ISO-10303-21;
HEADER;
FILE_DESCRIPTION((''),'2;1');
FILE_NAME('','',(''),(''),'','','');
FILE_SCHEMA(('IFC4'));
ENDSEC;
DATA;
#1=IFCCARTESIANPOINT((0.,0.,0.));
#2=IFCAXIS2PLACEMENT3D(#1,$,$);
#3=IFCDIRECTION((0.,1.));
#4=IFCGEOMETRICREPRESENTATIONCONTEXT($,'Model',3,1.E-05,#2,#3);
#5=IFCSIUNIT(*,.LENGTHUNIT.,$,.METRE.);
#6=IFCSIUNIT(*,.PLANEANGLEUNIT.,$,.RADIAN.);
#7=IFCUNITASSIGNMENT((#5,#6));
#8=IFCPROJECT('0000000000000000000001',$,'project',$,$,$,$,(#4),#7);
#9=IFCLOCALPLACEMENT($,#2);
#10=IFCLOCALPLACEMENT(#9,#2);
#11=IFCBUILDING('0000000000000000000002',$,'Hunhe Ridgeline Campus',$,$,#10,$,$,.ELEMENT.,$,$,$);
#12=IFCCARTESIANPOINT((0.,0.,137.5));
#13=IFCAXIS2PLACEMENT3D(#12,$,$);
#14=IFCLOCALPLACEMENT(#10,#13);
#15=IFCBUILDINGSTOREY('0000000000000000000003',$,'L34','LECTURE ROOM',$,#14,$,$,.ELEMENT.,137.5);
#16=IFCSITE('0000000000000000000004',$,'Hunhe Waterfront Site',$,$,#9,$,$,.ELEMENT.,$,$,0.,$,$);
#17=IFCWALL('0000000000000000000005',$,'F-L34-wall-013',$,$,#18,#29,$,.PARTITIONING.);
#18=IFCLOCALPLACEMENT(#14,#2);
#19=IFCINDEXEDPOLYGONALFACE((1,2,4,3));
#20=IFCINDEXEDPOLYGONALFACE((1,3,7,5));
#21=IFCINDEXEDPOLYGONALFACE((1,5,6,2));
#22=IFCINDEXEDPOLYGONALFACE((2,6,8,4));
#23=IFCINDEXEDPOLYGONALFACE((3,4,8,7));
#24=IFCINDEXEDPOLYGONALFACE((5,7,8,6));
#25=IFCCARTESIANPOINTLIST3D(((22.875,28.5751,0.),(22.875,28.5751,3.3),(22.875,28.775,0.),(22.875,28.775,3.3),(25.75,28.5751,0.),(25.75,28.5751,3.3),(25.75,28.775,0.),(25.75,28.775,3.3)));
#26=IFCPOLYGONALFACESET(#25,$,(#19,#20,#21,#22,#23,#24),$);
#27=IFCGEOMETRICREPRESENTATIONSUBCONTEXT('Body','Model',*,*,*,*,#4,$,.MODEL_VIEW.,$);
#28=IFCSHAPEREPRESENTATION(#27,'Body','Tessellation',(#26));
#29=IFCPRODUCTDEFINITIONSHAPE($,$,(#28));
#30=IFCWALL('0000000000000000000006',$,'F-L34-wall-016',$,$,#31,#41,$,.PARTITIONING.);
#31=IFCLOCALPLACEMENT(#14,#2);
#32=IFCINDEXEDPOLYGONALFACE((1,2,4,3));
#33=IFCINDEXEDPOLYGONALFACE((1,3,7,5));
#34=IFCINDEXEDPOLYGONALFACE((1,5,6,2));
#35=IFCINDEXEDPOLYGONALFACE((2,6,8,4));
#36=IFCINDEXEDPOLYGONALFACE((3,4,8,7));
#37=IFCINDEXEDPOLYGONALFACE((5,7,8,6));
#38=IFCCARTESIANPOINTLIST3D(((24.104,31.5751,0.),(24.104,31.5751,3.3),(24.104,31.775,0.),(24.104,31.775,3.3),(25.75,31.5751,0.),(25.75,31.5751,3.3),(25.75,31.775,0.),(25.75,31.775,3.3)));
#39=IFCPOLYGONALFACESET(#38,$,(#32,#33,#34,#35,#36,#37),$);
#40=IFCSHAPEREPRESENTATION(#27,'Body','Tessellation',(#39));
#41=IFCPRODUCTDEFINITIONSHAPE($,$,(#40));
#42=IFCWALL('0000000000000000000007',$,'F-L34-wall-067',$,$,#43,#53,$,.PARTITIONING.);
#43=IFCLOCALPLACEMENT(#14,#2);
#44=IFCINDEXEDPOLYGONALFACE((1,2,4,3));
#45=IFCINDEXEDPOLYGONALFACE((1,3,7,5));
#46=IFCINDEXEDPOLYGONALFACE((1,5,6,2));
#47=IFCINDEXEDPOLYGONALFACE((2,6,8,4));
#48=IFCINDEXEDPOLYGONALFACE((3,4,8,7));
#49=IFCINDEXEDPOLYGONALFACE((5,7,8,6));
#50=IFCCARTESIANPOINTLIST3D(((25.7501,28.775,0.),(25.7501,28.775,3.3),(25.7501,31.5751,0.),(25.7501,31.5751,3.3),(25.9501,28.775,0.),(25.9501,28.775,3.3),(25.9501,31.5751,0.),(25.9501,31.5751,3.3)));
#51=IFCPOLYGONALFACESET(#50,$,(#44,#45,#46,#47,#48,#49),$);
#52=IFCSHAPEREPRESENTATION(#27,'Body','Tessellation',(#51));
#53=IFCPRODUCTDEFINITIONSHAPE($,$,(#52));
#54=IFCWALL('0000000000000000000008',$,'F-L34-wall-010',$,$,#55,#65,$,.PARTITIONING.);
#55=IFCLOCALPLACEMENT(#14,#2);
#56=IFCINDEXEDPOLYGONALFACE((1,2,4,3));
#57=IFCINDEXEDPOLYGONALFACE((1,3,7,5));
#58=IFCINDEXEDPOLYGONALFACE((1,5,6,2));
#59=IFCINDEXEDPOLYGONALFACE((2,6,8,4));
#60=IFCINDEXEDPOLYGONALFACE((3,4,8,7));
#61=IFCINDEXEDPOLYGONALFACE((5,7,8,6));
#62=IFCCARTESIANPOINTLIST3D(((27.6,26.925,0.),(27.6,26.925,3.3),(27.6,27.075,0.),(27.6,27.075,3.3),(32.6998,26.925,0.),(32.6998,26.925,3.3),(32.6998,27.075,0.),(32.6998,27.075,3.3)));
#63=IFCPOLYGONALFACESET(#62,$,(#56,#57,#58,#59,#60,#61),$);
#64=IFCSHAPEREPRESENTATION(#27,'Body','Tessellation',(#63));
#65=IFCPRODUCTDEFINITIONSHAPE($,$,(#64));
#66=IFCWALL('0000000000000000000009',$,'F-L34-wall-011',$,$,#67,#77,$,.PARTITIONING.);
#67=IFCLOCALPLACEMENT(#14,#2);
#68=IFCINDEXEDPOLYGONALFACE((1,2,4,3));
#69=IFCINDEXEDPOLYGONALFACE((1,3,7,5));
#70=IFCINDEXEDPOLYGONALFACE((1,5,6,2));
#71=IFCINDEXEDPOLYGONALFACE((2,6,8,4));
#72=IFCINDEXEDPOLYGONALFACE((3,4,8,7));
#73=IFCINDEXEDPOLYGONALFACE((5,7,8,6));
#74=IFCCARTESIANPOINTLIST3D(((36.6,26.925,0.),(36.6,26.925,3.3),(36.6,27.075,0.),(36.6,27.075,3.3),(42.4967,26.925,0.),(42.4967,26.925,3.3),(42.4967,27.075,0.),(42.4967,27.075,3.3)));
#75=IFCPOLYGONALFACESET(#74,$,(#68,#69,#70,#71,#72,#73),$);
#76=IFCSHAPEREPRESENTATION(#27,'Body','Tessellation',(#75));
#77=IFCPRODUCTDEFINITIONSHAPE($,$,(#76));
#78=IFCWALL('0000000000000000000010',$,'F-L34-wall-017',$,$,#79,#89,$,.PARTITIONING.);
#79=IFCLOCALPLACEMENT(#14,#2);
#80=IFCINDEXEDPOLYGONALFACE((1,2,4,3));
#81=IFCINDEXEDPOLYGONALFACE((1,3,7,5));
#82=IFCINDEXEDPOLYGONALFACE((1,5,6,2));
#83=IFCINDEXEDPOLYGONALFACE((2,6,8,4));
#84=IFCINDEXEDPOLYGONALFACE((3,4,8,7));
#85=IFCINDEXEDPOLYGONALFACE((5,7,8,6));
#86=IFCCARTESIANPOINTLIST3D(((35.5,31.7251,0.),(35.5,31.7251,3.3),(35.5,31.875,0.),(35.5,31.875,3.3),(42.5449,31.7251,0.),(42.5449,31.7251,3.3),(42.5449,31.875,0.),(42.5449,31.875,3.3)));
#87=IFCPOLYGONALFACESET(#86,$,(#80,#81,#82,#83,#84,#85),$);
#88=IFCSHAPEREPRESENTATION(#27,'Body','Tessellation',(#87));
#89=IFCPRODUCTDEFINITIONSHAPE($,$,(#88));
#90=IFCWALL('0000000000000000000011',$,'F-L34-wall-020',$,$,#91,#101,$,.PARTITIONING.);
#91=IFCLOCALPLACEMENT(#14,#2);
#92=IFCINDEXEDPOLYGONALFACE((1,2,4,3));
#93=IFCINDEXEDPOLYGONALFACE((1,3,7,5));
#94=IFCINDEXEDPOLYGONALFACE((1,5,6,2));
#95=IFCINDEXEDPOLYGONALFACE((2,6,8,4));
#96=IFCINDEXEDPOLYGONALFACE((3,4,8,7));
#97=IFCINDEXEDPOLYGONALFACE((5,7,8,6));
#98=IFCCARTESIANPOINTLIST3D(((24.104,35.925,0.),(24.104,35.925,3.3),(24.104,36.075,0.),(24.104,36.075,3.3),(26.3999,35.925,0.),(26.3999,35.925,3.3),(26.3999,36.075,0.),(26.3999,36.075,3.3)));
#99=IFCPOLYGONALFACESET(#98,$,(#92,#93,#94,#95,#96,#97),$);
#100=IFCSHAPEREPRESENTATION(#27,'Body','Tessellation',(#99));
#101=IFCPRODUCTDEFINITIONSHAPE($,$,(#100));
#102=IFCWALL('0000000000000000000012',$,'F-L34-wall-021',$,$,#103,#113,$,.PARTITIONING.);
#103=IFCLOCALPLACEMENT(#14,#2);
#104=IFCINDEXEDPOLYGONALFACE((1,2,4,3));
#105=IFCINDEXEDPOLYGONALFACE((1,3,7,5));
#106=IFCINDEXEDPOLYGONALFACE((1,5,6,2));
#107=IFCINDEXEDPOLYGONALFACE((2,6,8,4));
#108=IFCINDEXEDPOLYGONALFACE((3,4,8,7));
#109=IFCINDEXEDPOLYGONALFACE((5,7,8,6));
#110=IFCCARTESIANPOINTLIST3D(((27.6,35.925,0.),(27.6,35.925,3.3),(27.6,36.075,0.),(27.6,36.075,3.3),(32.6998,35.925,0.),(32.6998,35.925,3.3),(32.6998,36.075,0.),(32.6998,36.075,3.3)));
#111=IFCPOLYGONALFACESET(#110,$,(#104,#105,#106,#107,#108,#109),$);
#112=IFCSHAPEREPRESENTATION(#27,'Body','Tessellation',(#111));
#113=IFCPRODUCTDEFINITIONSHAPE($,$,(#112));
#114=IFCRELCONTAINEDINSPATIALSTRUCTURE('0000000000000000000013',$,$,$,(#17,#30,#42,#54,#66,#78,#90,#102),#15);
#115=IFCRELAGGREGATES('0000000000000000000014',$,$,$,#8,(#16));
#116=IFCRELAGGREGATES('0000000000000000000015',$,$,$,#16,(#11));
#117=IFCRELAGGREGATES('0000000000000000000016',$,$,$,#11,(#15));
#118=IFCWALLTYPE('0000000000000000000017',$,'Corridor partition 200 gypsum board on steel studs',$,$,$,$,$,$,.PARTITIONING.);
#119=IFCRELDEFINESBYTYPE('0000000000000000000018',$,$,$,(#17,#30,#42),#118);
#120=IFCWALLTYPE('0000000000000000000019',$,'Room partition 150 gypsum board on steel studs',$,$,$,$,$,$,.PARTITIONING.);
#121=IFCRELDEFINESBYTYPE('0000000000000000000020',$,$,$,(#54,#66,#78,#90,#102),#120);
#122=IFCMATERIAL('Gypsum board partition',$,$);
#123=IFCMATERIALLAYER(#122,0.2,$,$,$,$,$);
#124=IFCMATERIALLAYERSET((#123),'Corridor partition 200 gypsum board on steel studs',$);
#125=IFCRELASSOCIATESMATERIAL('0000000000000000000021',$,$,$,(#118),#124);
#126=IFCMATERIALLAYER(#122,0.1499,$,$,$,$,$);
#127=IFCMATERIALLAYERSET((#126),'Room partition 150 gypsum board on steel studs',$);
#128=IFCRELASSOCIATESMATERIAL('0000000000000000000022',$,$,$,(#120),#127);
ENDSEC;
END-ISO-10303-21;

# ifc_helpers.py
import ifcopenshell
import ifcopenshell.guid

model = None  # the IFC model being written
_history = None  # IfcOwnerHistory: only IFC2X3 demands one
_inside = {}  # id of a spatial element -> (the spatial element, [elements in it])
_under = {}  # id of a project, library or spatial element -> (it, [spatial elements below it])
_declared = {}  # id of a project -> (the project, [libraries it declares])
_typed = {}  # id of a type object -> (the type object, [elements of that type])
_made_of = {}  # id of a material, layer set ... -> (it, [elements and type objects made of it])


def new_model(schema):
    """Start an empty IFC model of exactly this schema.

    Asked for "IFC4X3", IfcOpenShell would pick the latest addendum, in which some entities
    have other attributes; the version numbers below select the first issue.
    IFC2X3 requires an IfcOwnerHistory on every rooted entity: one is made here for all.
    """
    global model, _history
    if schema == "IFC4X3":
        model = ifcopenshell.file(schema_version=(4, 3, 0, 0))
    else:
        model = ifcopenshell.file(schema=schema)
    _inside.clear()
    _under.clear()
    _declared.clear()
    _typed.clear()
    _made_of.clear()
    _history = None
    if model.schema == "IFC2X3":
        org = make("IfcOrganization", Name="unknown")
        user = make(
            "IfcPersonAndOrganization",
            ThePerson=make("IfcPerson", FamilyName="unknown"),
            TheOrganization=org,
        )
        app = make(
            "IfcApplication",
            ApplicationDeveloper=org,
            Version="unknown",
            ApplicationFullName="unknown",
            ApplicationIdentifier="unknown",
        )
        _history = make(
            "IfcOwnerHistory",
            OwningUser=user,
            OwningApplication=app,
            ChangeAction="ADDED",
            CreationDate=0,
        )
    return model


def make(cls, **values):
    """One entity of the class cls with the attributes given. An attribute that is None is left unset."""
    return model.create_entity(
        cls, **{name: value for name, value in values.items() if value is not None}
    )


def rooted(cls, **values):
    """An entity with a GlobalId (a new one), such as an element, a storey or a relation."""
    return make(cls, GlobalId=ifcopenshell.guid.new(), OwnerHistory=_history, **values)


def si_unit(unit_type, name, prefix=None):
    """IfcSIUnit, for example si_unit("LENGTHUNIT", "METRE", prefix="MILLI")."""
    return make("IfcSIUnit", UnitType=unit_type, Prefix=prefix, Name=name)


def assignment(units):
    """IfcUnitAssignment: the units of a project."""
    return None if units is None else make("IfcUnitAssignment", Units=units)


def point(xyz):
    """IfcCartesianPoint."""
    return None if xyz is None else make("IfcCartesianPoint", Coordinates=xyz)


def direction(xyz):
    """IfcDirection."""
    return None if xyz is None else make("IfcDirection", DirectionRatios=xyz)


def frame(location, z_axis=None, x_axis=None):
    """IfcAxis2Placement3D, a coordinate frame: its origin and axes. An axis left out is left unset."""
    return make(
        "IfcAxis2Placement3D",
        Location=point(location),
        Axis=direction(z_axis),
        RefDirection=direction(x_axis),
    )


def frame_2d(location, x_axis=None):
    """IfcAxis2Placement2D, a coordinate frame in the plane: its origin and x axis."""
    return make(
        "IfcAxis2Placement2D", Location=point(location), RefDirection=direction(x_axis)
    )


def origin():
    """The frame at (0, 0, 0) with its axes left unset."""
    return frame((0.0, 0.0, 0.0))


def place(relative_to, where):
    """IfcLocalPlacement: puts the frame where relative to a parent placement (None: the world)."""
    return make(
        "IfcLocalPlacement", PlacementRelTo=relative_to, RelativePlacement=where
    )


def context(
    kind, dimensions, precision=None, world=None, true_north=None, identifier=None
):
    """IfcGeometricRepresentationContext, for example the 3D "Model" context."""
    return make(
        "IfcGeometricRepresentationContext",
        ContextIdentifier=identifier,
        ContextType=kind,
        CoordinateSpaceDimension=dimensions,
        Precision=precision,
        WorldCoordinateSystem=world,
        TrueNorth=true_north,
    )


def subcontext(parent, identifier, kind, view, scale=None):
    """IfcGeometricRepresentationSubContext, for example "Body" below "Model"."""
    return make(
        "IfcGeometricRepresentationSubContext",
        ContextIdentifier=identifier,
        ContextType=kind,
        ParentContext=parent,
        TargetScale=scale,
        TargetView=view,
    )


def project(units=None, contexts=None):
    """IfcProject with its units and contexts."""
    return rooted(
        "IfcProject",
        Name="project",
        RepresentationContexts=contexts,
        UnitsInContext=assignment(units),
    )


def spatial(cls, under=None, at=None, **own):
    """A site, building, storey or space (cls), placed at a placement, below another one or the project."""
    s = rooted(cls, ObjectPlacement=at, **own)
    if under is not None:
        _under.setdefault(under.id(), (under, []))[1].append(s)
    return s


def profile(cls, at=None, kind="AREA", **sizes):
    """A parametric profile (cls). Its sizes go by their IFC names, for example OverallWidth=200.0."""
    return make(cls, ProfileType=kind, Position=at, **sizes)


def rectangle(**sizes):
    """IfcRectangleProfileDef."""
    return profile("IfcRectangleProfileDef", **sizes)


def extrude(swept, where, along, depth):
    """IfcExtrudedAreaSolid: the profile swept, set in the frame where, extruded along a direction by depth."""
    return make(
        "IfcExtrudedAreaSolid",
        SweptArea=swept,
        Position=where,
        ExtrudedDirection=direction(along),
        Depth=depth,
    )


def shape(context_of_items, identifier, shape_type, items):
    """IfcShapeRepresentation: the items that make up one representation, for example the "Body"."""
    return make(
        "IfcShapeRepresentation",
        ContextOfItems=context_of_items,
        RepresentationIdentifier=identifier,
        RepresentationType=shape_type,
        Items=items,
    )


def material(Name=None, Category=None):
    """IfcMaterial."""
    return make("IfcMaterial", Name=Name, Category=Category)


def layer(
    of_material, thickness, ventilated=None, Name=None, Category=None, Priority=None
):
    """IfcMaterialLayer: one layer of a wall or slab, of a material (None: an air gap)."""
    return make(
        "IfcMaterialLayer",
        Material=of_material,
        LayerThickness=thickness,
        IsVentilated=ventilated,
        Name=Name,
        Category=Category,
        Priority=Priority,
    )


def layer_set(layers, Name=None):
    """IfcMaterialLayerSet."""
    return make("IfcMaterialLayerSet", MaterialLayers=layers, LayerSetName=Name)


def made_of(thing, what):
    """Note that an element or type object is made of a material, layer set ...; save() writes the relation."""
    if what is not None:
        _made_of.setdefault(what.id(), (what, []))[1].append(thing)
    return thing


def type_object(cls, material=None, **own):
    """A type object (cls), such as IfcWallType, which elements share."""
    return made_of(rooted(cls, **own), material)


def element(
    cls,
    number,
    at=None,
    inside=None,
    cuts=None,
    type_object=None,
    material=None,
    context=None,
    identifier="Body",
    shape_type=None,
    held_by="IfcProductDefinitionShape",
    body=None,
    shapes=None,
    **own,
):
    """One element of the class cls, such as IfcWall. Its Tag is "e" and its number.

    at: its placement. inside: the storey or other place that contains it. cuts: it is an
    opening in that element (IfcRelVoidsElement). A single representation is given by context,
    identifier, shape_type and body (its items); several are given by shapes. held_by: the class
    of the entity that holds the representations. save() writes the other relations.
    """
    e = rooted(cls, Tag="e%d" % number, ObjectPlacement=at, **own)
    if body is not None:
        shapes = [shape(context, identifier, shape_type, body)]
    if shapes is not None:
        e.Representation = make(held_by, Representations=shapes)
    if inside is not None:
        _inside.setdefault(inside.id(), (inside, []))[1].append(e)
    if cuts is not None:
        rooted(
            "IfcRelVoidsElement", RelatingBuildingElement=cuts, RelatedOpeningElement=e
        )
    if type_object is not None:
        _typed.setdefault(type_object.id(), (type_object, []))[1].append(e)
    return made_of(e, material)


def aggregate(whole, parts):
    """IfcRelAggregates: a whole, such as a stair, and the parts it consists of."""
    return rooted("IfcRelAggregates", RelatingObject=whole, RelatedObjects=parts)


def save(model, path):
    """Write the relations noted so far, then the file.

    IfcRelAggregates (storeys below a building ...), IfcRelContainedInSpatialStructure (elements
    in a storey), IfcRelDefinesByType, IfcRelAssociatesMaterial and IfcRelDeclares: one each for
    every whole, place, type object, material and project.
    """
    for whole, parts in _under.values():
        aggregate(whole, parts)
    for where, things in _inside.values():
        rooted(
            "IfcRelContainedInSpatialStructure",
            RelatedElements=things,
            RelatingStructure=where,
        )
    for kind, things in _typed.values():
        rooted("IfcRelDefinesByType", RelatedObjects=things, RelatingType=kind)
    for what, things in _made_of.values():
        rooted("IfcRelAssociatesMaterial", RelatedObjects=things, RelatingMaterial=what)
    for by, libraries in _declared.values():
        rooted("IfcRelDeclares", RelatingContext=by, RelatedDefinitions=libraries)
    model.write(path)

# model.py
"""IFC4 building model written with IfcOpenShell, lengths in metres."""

from ifc_helpers import new_model, si_unit, direction, frame, frame_2d, origin, place, context, subcontext, project, spatial, rectangle, extrude, material, layer, layer_set, type_object, element, save


model = new_model("IFC4")

# Units and contexts
model_context = context("Model", 3, precision=1e-05, world=origin(), true_north=direction((0.0, 1.0)))
body_context = subcontext(model_context, "Body", "Model", "MODEL_VIEW")
ifc_project = project(units=[si_unit("LENGTHUNIT", "METRE"), si_unit("PLANEANGLEUNIT", "RADIAN")], contexts=[model_context])

# Site, building, storey
site_placement = place(None, origin())
site = spatial("IfcSite", under=ifc_project, at=site_placement, Name="Hunhe Waterfront Site", CompositionType="ELEMENT", RefElevation=0.0)
building_placement = place(site_placement, origin())
building = spatial("IfcBuilding", under=site, at=building_placement, Name="Hunhe Ridgeline Campus", CompositionType="ELEMENT")
storey_placement = place(building_placement, frame((0.0, 0.0, 137.5)))
storey = spatial("IfcBuildingStorey", under=building, at=storey_placement, Name="L34", Description="LECTURE ROOM", CompositionType="ELEMENT", Elevation=137.5)

# Walls
ifc_material_1 = material(Name="Gypsum board partition")
ifc_layer_1 = layer(ifc_material_1, 0.2)
ifc_layer_set_1 = layer_set([ifc_layer_1], Name="Corridor partition 200 gypsum board on steel studs")
wall_type_1 = type_object("IfcWallType", Name="Corridor partition 200 gypsum board on steel studs", PredefinedType="PARTITIONING", material=ifc_layer_set_1)
wall_1_placement = place(storey_placement, frame((25.75, 28.675, 0.0), z_axis=(0.0, 0.0, 1.0), x_axis=(-1.0, 0.0, 0.0)))
element("IfcWall", 1, at=wall_1_placement, inside=storey, type_object=wall_type_1, Name="F-L34-wall-013", PredefinedType="PARTITIONING", context=body_context, shape_type="SweptSolid", body=[
    extrude(rectangle(XDim=2.875, YDim=0.2, at=frame_2d((1.4375, 0.0))), origin(), (0.0, 0.0, 1.0), 3.3),
])
wall_2_placement = place(storey_placement, frame((24.104, 31.675, 0.0), z_axis=(0.0, 0.0, 1.0), x_axis=(1.0, 0.0, 0.0)))
element("IfcWall", 2, at=wall_2_placement, inside=storey, type_object=wall_type_1, Name="F-L34-wall-016", PredefinedType="PARTITIONING", context=body_context, shape_type="SweptSolid", body=[
    extrude(rectangle(XDim=1.646, YDim=0.2, at=frame_2d((0.823, 0.0))), origin(), (0.0, 0.0, 1.0), 3.3),
])
wall_3_placement = place(storey_placement, frame((25.8501, 31.575, 0.0), z_axis=(0.0, 0.0, 1.0), x_axis=(0.0, -1.0, 0.0)))
element("IfcWall", 3, at=wall_3_placement, inside=storey, type_object=wall_type_1, Name="F-L34-wall-067", PredefinedType="PARTITIONING", context=body_context, shape_type="SweptSolid", body=[
    extrude(rectangle(XDim=2.8, YDim=0.2, at=frame_2d((1.3999, 0.0))), origin(), (0.0, 0.0, 1.0), 3.3),
])

# Walls
ifc_layer_2 = layer(ifc_material_1, 0.1499)
ifc_layer_set_2 = layer_set([ifc_layer_2], Name="Room partition 150 gypsum board on steel studs")
wall_type_2 = type_object("IfcWallType", Name="Room partition 150 gypsum board on steel studs", PredefinedType="PARTITIONING", material=ifc_layer_set_2)
wall_4_placement = place(storey_placement, frame((27.6001, 27.0, 0.0), z_axis=(0.0, 0.0, 1.0), x_axis=(1.0, 0.0, 0.0)))
element("IfcWall", 4, at=wall_4_placement, inside=storey, type_object=wall_type_2, Name="F-L34-wall-010", PredefinedType="PARTITIONING", context=body_context, shape_type="SweptSolid", body=[
    extrude(rectangle(XDim=5.0999, YDim=0.1499, at=frame_2d((2.5498, 0.0))), origin(), (0.0, 0.0, 1.0), 3.3),
])
wall_5_placement = place(storey_placement, frame((36.6001, 27.0, 0.0), z_axis=(0.0, 0.0, 1.0), x_axis=(1.0, 0.0, 0.0)))
element("IfcWall", 5, at=wall_5_placement, inside=storey, type_object=wall_type_2, Name="F-L34-wall-011", PredefinedType="PARTITIONING", context=body_context, shape_type="SweptSolid", body=[
    extrude(rectangle(XDim=5.8967, YDim=0.1499, at=frame_2d((2.9482, 0.0))), origin(), (0.0, 0.0, 1.0), 3.3),
])
wall_6_placement = place(storey_placement, frame((35.5, 31.8, 0.0), z_axis=(0.0, 0.0, 1.0), x_axis=(1.0, 0.0, 0.0)))
element("IfcWall", 6, at=wall_6_placement, inside=storey, type_object=wall_type_2, Name="F-L34-wall-017", PredefinedType="PARTITIONING", context=body_context, shape_type="SweptSolid", body=[
    extrude(rectangle(XDim=7.0449, YDim=0.1499, at=frame_2d((3.5225, 0.0))), origin(), (0.0, 0.0, 1.0), 3.3),
])
wall_7_placement = place(storey_placement, frame((24.104, 36.0, 0.0), z_axis=(0.0, 0.0, 1.0), x_axis=(1.0, 0.0, 0.0)))
element("IfcWall", 7, at=wall_7_placement, inside=storey, type_object=wall_type_2, Name="F-L34-wall-020", PredefinedType="PARTITIONING", context=body_context, shape_type="SweptSolid", body=[
    extrude(rectangle(XDim=2.2959, YDim=0.1499, at=frame_2d((1.1479, 0.0))), origin(), (0.0, 0.0, 1.0), 3.3),
])
wall_8_placement = place(storey_placement, frame((27.6001, 36.0, 0.0), z_axis=(0.0, 0.0, 1.0), x_axis=(1.0, 0.0, 0.0)))
element("IfcWall", 8, at=wall_8_placement, inside=storey, type_object=wall_type_2, Name="F-L34-wall-021", PredefinedType="PARTITIONING", context=body_context, shape_type="SweptSolid", body=[
    extrude(rectangle(XDim=5.0999, YDim=0.1499, at=frame_2d((2.5498, 0.0))), origin(), (0.0, 0.0, 1.0), 3.3),
])

save(model, "model.ifc")
